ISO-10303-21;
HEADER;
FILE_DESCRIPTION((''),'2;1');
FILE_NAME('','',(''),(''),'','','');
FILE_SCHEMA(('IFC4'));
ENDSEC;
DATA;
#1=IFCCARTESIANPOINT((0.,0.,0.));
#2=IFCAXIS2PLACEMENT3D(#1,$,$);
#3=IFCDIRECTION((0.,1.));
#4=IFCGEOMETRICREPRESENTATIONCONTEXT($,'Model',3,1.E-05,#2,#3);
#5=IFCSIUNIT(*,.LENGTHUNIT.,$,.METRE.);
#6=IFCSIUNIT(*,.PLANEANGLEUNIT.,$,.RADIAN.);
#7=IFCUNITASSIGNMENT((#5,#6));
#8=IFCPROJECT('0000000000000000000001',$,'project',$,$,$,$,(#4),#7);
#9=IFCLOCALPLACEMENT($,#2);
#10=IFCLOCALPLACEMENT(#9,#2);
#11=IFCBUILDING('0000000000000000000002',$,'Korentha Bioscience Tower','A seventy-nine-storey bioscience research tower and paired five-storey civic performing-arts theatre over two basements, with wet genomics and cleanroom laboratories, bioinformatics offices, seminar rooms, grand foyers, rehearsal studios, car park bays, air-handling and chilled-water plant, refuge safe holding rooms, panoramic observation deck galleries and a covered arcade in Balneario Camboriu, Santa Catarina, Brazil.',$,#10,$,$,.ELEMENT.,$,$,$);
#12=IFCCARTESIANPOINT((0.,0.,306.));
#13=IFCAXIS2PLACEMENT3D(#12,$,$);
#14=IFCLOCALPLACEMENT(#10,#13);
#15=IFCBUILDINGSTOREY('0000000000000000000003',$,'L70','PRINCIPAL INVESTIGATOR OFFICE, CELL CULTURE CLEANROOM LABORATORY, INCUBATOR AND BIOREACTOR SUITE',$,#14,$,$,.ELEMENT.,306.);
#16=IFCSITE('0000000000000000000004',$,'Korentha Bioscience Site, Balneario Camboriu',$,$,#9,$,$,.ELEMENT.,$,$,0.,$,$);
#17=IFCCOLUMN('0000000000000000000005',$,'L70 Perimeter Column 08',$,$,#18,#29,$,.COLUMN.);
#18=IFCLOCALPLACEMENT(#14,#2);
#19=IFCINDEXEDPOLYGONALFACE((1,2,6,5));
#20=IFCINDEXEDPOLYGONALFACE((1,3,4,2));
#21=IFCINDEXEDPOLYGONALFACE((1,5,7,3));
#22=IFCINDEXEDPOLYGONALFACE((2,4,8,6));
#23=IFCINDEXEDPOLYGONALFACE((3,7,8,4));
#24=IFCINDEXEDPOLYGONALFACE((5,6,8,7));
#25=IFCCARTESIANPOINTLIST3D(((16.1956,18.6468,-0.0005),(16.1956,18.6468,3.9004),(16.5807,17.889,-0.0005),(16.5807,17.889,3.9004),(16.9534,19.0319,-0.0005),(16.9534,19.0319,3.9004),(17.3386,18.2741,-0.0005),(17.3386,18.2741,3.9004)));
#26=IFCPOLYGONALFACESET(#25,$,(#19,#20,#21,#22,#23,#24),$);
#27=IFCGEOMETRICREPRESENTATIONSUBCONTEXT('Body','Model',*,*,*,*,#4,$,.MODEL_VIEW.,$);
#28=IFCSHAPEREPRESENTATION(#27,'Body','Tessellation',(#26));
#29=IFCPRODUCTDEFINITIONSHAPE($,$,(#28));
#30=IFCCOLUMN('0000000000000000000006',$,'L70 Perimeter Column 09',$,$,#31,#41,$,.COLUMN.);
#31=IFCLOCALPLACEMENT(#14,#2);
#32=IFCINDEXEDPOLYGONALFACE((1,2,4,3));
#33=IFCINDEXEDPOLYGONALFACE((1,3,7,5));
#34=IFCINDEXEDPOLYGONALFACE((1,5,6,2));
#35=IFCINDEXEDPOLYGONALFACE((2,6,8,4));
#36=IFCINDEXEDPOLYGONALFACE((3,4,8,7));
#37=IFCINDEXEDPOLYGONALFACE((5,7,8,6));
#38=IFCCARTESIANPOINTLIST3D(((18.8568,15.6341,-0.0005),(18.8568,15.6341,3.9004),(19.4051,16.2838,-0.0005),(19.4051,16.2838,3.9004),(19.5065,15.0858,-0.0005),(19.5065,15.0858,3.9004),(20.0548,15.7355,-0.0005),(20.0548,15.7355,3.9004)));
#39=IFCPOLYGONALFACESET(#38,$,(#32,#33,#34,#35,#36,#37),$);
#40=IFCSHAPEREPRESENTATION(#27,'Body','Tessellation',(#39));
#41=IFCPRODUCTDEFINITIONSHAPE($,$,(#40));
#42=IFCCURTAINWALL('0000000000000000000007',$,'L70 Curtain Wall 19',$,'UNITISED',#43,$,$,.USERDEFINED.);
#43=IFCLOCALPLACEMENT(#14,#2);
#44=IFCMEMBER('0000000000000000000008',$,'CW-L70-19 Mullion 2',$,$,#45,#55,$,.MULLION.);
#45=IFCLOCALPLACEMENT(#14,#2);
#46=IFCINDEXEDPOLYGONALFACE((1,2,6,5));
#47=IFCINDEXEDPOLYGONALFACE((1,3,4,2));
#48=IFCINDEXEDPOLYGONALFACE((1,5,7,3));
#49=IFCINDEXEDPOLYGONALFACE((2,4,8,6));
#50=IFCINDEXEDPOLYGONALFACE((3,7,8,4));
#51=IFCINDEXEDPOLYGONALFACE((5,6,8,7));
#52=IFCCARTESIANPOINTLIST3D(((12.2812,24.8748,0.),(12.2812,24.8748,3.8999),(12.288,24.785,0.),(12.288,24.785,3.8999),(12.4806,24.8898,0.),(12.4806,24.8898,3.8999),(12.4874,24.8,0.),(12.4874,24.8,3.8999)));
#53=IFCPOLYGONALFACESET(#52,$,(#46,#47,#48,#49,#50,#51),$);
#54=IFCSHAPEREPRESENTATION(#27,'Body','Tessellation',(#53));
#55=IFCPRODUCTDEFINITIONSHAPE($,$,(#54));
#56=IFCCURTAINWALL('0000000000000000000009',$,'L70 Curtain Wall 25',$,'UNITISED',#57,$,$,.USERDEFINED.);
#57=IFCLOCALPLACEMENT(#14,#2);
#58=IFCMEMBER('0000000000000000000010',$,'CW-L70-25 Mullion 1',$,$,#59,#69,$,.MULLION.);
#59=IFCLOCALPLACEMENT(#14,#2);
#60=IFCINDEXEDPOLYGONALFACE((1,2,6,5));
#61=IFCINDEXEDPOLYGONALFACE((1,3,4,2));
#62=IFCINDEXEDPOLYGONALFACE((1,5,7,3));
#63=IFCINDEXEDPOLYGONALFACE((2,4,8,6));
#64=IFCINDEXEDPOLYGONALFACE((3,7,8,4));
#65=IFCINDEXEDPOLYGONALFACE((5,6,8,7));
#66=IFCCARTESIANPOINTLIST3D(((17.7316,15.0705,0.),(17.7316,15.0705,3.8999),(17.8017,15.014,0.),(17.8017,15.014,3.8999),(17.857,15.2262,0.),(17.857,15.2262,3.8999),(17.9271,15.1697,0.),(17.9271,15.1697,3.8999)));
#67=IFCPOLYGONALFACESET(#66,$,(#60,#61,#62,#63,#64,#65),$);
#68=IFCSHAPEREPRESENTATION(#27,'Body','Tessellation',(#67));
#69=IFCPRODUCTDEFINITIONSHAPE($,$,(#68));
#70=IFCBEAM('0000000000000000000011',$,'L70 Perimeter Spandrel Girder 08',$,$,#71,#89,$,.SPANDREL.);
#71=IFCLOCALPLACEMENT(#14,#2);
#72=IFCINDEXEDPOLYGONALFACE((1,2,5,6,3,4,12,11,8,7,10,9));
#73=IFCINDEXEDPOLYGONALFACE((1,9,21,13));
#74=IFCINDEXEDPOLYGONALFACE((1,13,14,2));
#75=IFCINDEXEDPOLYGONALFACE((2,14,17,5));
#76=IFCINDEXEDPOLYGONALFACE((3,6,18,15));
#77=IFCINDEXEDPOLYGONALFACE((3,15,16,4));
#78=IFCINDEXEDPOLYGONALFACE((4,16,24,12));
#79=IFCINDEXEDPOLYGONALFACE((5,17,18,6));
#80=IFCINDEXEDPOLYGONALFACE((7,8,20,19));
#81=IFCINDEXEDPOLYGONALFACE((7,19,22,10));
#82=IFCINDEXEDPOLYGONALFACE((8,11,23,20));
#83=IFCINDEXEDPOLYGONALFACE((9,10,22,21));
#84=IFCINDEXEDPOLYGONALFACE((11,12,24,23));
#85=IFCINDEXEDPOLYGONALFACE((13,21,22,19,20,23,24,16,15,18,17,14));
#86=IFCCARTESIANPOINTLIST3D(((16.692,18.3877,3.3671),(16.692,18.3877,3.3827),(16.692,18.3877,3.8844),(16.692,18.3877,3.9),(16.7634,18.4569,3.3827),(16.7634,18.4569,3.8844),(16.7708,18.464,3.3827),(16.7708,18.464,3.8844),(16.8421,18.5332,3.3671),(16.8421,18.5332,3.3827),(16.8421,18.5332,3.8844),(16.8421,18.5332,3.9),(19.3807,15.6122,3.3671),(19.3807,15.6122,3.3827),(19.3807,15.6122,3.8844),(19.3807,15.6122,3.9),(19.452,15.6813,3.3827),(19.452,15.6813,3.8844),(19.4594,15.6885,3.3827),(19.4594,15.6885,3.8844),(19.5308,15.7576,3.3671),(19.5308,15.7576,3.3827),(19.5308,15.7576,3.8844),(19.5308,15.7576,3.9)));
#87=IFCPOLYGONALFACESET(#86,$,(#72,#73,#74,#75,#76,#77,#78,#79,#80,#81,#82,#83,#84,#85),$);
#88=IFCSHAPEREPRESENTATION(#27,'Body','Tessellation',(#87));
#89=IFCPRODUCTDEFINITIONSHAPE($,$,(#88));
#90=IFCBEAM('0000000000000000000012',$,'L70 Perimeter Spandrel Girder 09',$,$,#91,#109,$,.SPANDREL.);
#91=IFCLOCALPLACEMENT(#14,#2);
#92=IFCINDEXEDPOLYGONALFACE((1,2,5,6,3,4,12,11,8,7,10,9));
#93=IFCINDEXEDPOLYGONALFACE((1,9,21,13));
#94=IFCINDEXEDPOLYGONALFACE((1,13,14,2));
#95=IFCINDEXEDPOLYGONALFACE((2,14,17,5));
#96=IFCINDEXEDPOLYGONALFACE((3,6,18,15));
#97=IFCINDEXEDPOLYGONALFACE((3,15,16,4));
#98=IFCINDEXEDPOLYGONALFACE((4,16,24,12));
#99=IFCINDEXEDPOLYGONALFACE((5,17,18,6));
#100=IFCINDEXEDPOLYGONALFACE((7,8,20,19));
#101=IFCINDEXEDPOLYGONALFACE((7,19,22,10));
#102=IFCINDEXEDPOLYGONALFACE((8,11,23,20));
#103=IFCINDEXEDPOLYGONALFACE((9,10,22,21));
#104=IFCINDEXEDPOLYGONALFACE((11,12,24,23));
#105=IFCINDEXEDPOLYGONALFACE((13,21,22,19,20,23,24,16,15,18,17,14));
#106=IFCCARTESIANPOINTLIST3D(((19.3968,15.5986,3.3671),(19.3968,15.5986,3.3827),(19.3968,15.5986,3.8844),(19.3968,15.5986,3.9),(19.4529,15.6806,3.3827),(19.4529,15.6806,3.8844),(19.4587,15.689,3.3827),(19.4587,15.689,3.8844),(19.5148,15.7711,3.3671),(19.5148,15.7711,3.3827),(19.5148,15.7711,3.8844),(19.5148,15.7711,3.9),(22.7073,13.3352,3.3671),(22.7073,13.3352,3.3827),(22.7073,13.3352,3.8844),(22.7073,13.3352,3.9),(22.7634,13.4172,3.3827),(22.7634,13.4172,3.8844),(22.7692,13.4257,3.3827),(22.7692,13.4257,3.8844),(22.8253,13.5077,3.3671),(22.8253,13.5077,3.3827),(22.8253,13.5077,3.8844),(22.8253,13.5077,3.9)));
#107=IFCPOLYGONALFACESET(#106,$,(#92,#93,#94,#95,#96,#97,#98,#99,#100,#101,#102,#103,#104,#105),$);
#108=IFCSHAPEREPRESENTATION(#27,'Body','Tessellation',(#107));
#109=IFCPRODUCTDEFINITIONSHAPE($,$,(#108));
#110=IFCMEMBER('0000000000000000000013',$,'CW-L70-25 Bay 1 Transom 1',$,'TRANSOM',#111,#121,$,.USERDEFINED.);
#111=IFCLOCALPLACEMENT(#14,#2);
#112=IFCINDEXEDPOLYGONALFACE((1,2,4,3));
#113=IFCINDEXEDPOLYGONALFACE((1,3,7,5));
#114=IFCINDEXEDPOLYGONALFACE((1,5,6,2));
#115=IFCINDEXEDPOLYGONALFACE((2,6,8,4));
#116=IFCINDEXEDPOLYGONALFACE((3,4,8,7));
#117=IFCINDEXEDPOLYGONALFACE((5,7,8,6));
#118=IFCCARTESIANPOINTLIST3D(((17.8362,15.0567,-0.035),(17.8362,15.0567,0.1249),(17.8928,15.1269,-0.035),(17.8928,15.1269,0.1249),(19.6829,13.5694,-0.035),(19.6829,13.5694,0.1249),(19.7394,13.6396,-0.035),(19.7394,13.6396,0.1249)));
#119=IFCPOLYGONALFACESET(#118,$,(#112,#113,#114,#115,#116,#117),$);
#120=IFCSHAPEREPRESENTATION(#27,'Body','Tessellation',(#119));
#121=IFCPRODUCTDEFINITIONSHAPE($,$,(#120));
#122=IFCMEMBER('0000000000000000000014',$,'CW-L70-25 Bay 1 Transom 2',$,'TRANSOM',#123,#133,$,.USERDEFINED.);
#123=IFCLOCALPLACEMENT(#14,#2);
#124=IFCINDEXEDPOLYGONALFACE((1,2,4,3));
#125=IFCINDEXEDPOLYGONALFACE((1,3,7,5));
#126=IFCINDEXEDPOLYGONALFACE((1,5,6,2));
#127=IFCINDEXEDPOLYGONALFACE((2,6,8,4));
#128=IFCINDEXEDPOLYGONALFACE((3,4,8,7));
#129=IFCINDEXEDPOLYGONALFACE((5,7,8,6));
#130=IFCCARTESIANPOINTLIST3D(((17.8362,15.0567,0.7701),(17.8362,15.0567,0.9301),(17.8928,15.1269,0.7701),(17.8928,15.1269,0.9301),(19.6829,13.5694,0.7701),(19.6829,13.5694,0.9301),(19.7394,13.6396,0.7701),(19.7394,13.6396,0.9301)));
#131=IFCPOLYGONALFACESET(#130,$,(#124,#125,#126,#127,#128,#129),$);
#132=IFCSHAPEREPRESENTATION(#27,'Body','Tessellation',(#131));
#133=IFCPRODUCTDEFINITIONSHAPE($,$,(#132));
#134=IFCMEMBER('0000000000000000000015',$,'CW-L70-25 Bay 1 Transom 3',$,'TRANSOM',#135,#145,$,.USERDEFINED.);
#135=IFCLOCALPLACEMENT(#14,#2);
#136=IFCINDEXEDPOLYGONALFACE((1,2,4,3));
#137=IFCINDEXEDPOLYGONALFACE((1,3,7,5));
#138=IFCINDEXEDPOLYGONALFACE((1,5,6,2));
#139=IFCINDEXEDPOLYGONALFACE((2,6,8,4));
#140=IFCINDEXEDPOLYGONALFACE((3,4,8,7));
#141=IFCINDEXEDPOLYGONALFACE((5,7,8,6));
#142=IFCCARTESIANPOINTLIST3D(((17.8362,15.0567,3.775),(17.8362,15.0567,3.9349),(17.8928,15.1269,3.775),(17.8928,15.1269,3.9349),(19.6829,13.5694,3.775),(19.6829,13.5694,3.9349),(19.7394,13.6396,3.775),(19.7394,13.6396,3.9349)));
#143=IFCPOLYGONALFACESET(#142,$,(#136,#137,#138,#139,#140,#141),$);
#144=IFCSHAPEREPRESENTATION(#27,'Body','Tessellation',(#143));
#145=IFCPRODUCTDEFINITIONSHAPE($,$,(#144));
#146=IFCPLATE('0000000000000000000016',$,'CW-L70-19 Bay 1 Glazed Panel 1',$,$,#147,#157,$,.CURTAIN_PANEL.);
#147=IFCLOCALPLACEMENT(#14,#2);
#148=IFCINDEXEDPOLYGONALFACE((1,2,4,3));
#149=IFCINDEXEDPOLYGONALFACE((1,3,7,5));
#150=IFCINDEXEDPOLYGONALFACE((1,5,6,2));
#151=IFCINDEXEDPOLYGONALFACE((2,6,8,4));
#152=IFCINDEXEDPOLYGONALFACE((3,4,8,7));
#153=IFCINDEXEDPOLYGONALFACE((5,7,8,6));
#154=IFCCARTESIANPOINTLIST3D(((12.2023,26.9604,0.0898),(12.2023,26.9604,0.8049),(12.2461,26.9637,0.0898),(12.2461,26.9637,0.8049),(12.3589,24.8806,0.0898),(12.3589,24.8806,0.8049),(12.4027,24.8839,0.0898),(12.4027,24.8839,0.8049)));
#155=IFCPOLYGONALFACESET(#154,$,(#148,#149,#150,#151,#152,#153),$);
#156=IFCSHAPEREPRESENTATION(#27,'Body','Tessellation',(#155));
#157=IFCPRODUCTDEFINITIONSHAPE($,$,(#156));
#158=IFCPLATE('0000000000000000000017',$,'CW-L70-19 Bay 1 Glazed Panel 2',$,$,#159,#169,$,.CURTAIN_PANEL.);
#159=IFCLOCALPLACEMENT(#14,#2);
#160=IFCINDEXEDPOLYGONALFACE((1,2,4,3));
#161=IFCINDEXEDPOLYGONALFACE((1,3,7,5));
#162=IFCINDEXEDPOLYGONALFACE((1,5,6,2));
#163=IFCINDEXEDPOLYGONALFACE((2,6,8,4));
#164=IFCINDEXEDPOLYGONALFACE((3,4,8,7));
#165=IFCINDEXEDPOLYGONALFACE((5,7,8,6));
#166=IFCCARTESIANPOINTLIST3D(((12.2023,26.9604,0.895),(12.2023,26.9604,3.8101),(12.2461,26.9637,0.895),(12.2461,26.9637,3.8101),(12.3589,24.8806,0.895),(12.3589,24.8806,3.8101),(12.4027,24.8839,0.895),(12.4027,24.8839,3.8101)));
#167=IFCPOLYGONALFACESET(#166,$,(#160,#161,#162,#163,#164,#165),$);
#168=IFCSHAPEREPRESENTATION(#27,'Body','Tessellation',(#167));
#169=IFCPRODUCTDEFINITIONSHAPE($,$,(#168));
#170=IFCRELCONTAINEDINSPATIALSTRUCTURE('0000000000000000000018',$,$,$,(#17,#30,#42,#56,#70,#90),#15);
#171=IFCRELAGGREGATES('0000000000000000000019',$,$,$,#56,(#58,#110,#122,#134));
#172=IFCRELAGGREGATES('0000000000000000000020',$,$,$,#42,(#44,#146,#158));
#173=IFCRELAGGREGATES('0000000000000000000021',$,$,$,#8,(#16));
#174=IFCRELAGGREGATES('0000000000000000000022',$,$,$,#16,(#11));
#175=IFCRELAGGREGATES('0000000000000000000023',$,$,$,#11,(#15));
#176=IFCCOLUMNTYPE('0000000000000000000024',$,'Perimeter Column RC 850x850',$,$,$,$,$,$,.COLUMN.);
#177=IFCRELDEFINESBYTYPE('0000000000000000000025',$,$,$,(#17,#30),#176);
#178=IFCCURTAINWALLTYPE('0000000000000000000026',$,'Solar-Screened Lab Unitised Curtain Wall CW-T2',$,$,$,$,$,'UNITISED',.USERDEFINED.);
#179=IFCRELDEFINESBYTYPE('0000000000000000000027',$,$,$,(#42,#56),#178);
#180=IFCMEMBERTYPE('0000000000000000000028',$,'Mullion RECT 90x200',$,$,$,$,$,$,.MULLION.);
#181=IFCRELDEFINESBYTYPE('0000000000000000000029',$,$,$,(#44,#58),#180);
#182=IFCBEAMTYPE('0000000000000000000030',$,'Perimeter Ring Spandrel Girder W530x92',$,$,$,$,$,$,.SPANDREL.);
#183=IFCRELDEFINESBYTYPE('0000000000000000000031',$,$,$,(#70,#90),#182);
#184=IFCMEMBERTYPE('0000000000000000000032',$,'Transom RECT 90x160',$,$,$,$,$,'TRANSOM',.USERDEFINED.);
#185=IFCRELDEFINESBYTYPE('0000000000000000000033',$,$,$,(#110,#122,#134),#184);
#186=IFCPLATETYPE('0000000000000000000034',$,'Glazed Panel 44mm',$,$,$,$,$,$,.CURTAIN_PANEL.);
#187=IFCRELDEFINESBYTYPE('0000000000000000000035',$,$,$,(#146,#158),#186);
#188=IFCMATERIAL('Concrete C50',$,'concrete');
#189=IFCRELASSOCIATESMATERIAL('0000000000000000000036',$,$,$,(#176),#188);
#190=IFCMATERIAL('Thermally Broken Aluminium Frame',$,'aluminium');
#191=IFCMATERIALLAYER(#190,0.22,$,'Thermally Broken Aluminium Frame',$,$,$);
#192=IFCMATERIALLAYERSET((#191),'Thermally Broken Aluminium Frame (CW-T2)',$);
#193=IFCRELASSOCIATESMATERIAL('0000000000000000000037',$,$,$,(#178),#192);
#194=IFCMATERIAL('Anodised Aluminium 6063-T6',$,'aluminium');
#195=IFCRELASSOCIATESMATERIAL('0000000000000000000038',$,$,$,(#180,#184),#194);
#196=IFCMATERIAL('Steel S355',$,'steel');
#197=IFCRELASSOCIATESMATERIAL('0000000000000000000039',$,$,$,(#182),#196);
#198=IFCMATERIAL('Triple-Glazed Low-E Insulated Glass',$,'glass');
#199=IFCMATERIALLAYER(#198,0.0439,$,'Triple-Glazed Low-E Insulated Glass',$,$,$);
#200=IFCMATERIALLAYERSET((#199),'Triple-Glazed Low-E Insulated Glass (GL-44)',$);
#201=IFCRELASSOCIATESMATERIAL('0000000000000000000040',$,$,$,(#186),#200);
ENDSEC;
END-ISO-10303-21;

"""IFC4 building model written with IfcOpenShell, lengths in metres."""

from ifc_helpers import new_model, si_unit, direction, frame, origin, origin_2d, place, context, subcontext, project, spatial, rectangle, i_section, extrude, material, layer, layer_set, material_profile, profile_set, type_object, element, aggregate, save


model = new_model("IFC4")

# Units and contexts
model_context = context("Model", 3, precision=1e-05, world=origin(), true_north=direction((0.0, 1.0)))
body_context = subcontext(model_context, "Body", "Model", "MODEL_VIEW")
ifc_project = project(units=[si_unit("LENGTHUNIT", "METRE"), si_unit("PLANEANGLEUNIT", "RADIAN")], contexts=[model_context])

# Site, building, storey
site_placement = place(None, origin())
site = spatial("IfcSite", under=ifc_project, at=site_placement, Name="Korentha Bioscience Site, Balneario Camboriu", CompositionType="ELEMENT", RefElevation=0.0)
building_placement = place(site_placement, origin())
building = spatial("IfcBuilding", under=site, at=building_placement, Name="Korentha Bioscience Tower", Description="A seventy-nine-storey bioscience research tower and paired five-storey civic performing-arts theatre over two basements, with wet genomics and cleanroom laboratories, bioinformatics offices, seminar rooms, grand foyers, rehearsal studios, car park bays, air-handling and chilled-water plant, refuge safe holding rooms, panoramic observation deck galleries and a covered arcade in Balneario Camboriu, Santa Catarina, Brazil.", CompositionType="ELEMENT")
storey_placement = place(building_placement, frame((0.0, 0.0, 306.0)))
storey = spatial("IfcBuildingStorey", under=building, at=storey_placement, Name="L70", Description="PRINCIPAL INVESTIGATOR OFFICE, CELL CULTURE CLEANROOM LABORATORY, INCUBATOR AND BIOREACTOR SUITE", CompositionType="ELEMENT", Elevation=306.0)

# Columns
ifc_material_1 = material(Name="Concrete C50", Category="concrete")
ifc_material_profile_1 = material_profile(ifc_material_1, rectangle(XDim=0.8501, YDim=0.8501, at=origin_2d()), Name="Concrete C50")
ifc_profile_set_1 = profile_set([ifc_material_profile_1], Name="Concrete C50 (COL-P08)")
column_type = type_object("IfcColumnType", Name="Perimeter Column RC 850x850", PredefinedType="COLUMN", material=ifc_profile_set_1)
for number, where, z_axis, x_axis, name in (
    (1, (16.7671, 18.4604, -0.0005), (0.0, 0.0, 1.0), (-0.453057, 0.891481, 0.0), "L70 Perimeter Column 08"),
    (2, (19.4558, 15.6848, -0.0005), (0.0, 0.0, 1.0), (-0.764246, 0.644924, 0.0), "L70 Perimeter Column 09"),
):
    element("IfcColumn", number, at=place(storey_placement, frame(where, z_axis=z_axis, x_axis=x_axis)), inside=storey, type_object=column_type, Name=name, PredefinedType="COLUMN", context=body_context, shape_type="SweptSolid", body=[
        extrude(rectangle(XDim=0.8501, YDim=0.8501, at=origin_2d()), origin(), (0.0, 0.0, 1.0), 3.9009),
    ])

# Curtain walls, members
ifc_material_2 = material(Name="Thermally Broken Aluminium Frame", Category="aluminium")
ifc_layer_1 = layer(ifc_material_2, 0.22, Name="Thermally Broken Aluminium Frame")
ifc_layer_set_1 = layer_set([ifc_layer_1], Name="Thermally Broken Aluminium Frame (CW-T2)")
curtain_wall_type = type_object("IfcCurtainWallType", Name="Solar-Screened Lab Unitised Curtain Wall CW-T2", ElementType="UNITISED", PredefinedType="USERDEFINED", material=ifc_layer_set_1)
curtain_wall_1_placement = place(storey_placement, origin())
curtain_wall_1 = element("IfcCurtainWall", 3, at=curtain_wall_1_placement, inside=storey, type_object=curtain_wall_type, Name="L70 Curtain Wall 19", ObjectType="UNITISED", PredefinedType="USERDEFINED")
ifc_material_3 = material(Name="Anodised Aluminium 6063-T6", Category="aluminium")
ifc_material_profile_2 = material_profile(ifc_material_3, rectangle(XDim=0.0901, YDim=0.2, at=origin_2d()), Name="Anodised Aluminium 6063-T6")
ifc_profile_set_2 = profile_set([ifc_material_profile_2], Name="Anodised Aluminium 6063-T6 (CW-MUL)")
member_type_1 = type_object("IfcMemberType", Name="Mullion RECT 90x200", PredefinedType="MULLION", material=ifc_profile_set_2)
member_1_placement = place(storey_placement, frame((12.3843, 24.8374, 0.0), z_axis=(0.0, 0.0, 1.0), x_axis=(0.075073, -0.997178, 0.0)))
member_1 = element("IfcMember", 4, at=member_1_placement, type_object=member_type_1, Name="CW-L70-19 Mullion 2", PredefinedType="MULLION", context=body_context, shape_type="SweptSolid", body=[
    extrude(rectangle(XDim=0.0901, YDim=0.2, at=origin_2d()), origin(), (0.0, 0.0, 1.0), 3.8999),
])
curtain_wall_2_placement = place(storey_placement, origin())
curtain_wall_2 = element("IfcCurtainWall", 5, at=curtain_wall_2_placement, inside=storey, type_object=curtain_wall_type, Name="L70 Curtain Wall 25", ObjectType="UNITISED", PredefinedType="USERDEFINED")
member_2_placement = place(storey_placement, frame((17.8293, 15.1201, 0.0), z_axis=(0.0, 0.0, 1.0), x_axis=(0.778807, -0.627264, 0.0)))
member_2 = element("IfcMember", 6, at=member_2_placement, type_object=member_type_1, Name="CW-L70-25 Mullion 1", PredefinedType="MULLION", context=body_context, shape_type="SweptSolid", body=[
    extrude(rectangle(XDim=0.0901, YDim=0.2, at=origin_2d()), origin(), (0.0, 0.0, 1.0), 3.8999),
])

# Beams
ifc_material_4 = material(Name="Steel S355", Category="steel")
ifc_material_profile_3 = material_profile(ifc_material_4, i_section(OverallWidth=0.209, OverallDepth=0.533, WebThickness=0.0103, FlangeThickness=0.0156, at=origin_2d()), Name="Steel S355")
ifc_profile_set_3 = profile_set([ifc_material_profile_3], Name="Steel S355 (SB-530)")
beam_type = type_object("IfcBeamType", Name="Perimeter Ring Spandrel Girder W530x92", PredefinedType="SPANDREL", material=ifc_profile_set_3)
beam_1_placement = place(storey_placement, frame((16.7671, 18.4604, 3.6335), z_axis=(0.695772, -0.718263, 0.0), x_axis=(0.718263, 0.695772, 0.0)))
element("IfcBeam", 7, at=beam_1_placement, inside=storey, type_object=beam_type, Name="L70 Perimeter Spandrel Girder 08", PredefinedType="SPANDREL", context=body_context, shape_type="SweptSolid", body=[
    extrude(i_section(OverallWidth=0.209, OverallDepth=0.533, WebThickness=0.0103, FlangeThickness=0.0156, at=origin_2d()), origin(), (0.0, 0.0, 1.0), 3.8643),
])
beam_2_placement = place(storey_placement, frame((19.4558, 15.6848, 3.6335), z_axis=(0.825503, -0.564398, 0.0), x_axis=(0.564398, 0.825503, 0.0)))
element("IfcBeam", 8, at=beam_2_placement, inside=storey, type_object=beam_type, Name="L70 Perimeter Spandrel Girder 09", PredefinedType="SPANDREL", context=body_context, shape_type="SweptSolid", body=[
    extrude(i_section(OverallWidth=0.209, OverallDepth=0.533, WebThickness=0.0103, FlangeThickness=0.0156, at=origin_2d()), origin(), (0.0, 0.0, 1.0), 4.0103),
])

# Members
ifc_material_profile_4 = material_profile(ifc_material_3, rectangle(XDim=0.0901, YDim=0.1599, at=origin_2d()), Name="Anodised Aluminium 6063-T6")
ifc_profile_set_4 = profile_set([ifc_material_profile_4], Name="Anodised Aluminium 6063-T6 (CW-TRN)")
member_type_2 = type_object("IfcMemberType", Name="Transom RECT 90x160", ElementType="TRANSOM", PredefinedType="USERDEFINED", material=ifc_profile_set_4)
member_3_placement = place(storey_placement, frame((17.8645, 15.0918, 0.0449), z_axis=(0.778815, -0.627253, 0.0), x_axis=(0.627253, 0.778815, 0.0)))
member_3 = element("IfcMember", 9, at=member_3_placement, type_object=member_type_2, Name="CW-L70-25 Bay 1 Transom 1", ObjectType="TRANSOM", PredefinedType="USERDEFINED", context=body_context, shape_type="SweptSolid", body=[
    extrude(rectangle(XDim=0.0901, YDim=0.1599, at=origin_2d()), origin(), (0.0, 0.0, 1.0), 2.3711),
])
member_4_placement = place(storey_placement, frame((17.8645, 15.0918, 0.8501), z_axis=(0.778815, -0.627253, 0.0), x_axis=(0.627253, 0.778815, 0.0)))
member_4 = element("IfcMember", 10, at=member_4_placement, type_object=member_type_2, Name="CW-L70-25 Bay 1 Transom 2", ObjectType="TRANSOM", PredefinedType="USERDEFINED", context=body_context, shape_type="SweptSolid", body=[
    extrude(rectangle(XDim=0.0901, YDim=0.1599, at=origin_2d()), origin(), (0.0, 0.0, 1.0), 2.3711),
])
member_5_placement = place(storey_placement, frame((17.8645, 15.0918, 3.855), z_axis=(0.778815, -0.627253, 0.0), x_axis=(0.627253, 0.778815, 0.0)))
member_5 = element("IfcMember", 11, at=member_5_placement, type_object=member_type_2, Name="CW-L70-25 Bay 1 Transom 3", ObjectType="TRANSOM", PredefinedType="USERDEFINED", context=body_context, shape_type="SweptSolid", body=[
    extrude(rectangle(XDim=0.0901, YDim=0.1599, at=origin_2d()), origin(), (0.0, 0.0, 1.0), 2.3711),
])
aggregate(curtain_wall_2, [member_2, member_3, member_4, member_5])

# Plates
ifc_material_5 = material(Name="Triple-Glazed Low-E Insulated Glass", Category="glass")
ifc_layer_2 = layer(ifc_material_5, 0.0439, Name="Triple-Glazed Low-E Insulated Glass")
ifc_layer_set_2 = layer_set([ifc_layer_2], Name="Triple-Glazed Low-E Insulated Glass (GL-44)")
plate_type = type_object("IfcPlateType", Name="Glazed Panel 44mm", PredefinedType="CURTAIN_PANEL", material=ifc_layer_set_2)
plate_1_placement = place(storey_placement, frame((12.3025, 25.9221, 0.0898), z_axis=(0.0, 0.0, 1.0), x_axis=(0.075073, -0.997178, 0.0)))
plate_1 = element("IfcPlate", 12, at=plate_1_placement, type_object=plate_type, Name="CW-L70-19 Bay 1 Glazed Panel 1", PredefinedType="CURTAIN_PANEL", context=body_context, shape_type="SweptSolid", body=[
    extrude(rectangle(XDim=2.0857, YDim=0.0439, at=origin_2d()), origin(), (0.0, 0.0, 1.0), 0.7151),
])
plate_2_placement = place(storey_placement, frame((12.3025, 25.9221, 0.895), z_axis=(0.0, 0.0, 1.0), x_axis=(0.075073, -0.997178, 0.0)))
plate_2 = element("IfcPlate", 13, at=plate_2_placement, type_object=plate_type, Name="CW-L70-19 Bay 1 Glazed Panel 2", PredefinedType="CURTAIN_PANEL", context=body_context, shape_type="SweptSolid", body=[
    extrude(rectangle(XDim=2.0857, YDim=0.0439, at=origin_2d()), origin(), (0.0, 0.0, 1.0), 2.915),
])
aggregate(curtain_wall_1, [member_1, plate_1, plate_2])

save(model, "model.ifc")
